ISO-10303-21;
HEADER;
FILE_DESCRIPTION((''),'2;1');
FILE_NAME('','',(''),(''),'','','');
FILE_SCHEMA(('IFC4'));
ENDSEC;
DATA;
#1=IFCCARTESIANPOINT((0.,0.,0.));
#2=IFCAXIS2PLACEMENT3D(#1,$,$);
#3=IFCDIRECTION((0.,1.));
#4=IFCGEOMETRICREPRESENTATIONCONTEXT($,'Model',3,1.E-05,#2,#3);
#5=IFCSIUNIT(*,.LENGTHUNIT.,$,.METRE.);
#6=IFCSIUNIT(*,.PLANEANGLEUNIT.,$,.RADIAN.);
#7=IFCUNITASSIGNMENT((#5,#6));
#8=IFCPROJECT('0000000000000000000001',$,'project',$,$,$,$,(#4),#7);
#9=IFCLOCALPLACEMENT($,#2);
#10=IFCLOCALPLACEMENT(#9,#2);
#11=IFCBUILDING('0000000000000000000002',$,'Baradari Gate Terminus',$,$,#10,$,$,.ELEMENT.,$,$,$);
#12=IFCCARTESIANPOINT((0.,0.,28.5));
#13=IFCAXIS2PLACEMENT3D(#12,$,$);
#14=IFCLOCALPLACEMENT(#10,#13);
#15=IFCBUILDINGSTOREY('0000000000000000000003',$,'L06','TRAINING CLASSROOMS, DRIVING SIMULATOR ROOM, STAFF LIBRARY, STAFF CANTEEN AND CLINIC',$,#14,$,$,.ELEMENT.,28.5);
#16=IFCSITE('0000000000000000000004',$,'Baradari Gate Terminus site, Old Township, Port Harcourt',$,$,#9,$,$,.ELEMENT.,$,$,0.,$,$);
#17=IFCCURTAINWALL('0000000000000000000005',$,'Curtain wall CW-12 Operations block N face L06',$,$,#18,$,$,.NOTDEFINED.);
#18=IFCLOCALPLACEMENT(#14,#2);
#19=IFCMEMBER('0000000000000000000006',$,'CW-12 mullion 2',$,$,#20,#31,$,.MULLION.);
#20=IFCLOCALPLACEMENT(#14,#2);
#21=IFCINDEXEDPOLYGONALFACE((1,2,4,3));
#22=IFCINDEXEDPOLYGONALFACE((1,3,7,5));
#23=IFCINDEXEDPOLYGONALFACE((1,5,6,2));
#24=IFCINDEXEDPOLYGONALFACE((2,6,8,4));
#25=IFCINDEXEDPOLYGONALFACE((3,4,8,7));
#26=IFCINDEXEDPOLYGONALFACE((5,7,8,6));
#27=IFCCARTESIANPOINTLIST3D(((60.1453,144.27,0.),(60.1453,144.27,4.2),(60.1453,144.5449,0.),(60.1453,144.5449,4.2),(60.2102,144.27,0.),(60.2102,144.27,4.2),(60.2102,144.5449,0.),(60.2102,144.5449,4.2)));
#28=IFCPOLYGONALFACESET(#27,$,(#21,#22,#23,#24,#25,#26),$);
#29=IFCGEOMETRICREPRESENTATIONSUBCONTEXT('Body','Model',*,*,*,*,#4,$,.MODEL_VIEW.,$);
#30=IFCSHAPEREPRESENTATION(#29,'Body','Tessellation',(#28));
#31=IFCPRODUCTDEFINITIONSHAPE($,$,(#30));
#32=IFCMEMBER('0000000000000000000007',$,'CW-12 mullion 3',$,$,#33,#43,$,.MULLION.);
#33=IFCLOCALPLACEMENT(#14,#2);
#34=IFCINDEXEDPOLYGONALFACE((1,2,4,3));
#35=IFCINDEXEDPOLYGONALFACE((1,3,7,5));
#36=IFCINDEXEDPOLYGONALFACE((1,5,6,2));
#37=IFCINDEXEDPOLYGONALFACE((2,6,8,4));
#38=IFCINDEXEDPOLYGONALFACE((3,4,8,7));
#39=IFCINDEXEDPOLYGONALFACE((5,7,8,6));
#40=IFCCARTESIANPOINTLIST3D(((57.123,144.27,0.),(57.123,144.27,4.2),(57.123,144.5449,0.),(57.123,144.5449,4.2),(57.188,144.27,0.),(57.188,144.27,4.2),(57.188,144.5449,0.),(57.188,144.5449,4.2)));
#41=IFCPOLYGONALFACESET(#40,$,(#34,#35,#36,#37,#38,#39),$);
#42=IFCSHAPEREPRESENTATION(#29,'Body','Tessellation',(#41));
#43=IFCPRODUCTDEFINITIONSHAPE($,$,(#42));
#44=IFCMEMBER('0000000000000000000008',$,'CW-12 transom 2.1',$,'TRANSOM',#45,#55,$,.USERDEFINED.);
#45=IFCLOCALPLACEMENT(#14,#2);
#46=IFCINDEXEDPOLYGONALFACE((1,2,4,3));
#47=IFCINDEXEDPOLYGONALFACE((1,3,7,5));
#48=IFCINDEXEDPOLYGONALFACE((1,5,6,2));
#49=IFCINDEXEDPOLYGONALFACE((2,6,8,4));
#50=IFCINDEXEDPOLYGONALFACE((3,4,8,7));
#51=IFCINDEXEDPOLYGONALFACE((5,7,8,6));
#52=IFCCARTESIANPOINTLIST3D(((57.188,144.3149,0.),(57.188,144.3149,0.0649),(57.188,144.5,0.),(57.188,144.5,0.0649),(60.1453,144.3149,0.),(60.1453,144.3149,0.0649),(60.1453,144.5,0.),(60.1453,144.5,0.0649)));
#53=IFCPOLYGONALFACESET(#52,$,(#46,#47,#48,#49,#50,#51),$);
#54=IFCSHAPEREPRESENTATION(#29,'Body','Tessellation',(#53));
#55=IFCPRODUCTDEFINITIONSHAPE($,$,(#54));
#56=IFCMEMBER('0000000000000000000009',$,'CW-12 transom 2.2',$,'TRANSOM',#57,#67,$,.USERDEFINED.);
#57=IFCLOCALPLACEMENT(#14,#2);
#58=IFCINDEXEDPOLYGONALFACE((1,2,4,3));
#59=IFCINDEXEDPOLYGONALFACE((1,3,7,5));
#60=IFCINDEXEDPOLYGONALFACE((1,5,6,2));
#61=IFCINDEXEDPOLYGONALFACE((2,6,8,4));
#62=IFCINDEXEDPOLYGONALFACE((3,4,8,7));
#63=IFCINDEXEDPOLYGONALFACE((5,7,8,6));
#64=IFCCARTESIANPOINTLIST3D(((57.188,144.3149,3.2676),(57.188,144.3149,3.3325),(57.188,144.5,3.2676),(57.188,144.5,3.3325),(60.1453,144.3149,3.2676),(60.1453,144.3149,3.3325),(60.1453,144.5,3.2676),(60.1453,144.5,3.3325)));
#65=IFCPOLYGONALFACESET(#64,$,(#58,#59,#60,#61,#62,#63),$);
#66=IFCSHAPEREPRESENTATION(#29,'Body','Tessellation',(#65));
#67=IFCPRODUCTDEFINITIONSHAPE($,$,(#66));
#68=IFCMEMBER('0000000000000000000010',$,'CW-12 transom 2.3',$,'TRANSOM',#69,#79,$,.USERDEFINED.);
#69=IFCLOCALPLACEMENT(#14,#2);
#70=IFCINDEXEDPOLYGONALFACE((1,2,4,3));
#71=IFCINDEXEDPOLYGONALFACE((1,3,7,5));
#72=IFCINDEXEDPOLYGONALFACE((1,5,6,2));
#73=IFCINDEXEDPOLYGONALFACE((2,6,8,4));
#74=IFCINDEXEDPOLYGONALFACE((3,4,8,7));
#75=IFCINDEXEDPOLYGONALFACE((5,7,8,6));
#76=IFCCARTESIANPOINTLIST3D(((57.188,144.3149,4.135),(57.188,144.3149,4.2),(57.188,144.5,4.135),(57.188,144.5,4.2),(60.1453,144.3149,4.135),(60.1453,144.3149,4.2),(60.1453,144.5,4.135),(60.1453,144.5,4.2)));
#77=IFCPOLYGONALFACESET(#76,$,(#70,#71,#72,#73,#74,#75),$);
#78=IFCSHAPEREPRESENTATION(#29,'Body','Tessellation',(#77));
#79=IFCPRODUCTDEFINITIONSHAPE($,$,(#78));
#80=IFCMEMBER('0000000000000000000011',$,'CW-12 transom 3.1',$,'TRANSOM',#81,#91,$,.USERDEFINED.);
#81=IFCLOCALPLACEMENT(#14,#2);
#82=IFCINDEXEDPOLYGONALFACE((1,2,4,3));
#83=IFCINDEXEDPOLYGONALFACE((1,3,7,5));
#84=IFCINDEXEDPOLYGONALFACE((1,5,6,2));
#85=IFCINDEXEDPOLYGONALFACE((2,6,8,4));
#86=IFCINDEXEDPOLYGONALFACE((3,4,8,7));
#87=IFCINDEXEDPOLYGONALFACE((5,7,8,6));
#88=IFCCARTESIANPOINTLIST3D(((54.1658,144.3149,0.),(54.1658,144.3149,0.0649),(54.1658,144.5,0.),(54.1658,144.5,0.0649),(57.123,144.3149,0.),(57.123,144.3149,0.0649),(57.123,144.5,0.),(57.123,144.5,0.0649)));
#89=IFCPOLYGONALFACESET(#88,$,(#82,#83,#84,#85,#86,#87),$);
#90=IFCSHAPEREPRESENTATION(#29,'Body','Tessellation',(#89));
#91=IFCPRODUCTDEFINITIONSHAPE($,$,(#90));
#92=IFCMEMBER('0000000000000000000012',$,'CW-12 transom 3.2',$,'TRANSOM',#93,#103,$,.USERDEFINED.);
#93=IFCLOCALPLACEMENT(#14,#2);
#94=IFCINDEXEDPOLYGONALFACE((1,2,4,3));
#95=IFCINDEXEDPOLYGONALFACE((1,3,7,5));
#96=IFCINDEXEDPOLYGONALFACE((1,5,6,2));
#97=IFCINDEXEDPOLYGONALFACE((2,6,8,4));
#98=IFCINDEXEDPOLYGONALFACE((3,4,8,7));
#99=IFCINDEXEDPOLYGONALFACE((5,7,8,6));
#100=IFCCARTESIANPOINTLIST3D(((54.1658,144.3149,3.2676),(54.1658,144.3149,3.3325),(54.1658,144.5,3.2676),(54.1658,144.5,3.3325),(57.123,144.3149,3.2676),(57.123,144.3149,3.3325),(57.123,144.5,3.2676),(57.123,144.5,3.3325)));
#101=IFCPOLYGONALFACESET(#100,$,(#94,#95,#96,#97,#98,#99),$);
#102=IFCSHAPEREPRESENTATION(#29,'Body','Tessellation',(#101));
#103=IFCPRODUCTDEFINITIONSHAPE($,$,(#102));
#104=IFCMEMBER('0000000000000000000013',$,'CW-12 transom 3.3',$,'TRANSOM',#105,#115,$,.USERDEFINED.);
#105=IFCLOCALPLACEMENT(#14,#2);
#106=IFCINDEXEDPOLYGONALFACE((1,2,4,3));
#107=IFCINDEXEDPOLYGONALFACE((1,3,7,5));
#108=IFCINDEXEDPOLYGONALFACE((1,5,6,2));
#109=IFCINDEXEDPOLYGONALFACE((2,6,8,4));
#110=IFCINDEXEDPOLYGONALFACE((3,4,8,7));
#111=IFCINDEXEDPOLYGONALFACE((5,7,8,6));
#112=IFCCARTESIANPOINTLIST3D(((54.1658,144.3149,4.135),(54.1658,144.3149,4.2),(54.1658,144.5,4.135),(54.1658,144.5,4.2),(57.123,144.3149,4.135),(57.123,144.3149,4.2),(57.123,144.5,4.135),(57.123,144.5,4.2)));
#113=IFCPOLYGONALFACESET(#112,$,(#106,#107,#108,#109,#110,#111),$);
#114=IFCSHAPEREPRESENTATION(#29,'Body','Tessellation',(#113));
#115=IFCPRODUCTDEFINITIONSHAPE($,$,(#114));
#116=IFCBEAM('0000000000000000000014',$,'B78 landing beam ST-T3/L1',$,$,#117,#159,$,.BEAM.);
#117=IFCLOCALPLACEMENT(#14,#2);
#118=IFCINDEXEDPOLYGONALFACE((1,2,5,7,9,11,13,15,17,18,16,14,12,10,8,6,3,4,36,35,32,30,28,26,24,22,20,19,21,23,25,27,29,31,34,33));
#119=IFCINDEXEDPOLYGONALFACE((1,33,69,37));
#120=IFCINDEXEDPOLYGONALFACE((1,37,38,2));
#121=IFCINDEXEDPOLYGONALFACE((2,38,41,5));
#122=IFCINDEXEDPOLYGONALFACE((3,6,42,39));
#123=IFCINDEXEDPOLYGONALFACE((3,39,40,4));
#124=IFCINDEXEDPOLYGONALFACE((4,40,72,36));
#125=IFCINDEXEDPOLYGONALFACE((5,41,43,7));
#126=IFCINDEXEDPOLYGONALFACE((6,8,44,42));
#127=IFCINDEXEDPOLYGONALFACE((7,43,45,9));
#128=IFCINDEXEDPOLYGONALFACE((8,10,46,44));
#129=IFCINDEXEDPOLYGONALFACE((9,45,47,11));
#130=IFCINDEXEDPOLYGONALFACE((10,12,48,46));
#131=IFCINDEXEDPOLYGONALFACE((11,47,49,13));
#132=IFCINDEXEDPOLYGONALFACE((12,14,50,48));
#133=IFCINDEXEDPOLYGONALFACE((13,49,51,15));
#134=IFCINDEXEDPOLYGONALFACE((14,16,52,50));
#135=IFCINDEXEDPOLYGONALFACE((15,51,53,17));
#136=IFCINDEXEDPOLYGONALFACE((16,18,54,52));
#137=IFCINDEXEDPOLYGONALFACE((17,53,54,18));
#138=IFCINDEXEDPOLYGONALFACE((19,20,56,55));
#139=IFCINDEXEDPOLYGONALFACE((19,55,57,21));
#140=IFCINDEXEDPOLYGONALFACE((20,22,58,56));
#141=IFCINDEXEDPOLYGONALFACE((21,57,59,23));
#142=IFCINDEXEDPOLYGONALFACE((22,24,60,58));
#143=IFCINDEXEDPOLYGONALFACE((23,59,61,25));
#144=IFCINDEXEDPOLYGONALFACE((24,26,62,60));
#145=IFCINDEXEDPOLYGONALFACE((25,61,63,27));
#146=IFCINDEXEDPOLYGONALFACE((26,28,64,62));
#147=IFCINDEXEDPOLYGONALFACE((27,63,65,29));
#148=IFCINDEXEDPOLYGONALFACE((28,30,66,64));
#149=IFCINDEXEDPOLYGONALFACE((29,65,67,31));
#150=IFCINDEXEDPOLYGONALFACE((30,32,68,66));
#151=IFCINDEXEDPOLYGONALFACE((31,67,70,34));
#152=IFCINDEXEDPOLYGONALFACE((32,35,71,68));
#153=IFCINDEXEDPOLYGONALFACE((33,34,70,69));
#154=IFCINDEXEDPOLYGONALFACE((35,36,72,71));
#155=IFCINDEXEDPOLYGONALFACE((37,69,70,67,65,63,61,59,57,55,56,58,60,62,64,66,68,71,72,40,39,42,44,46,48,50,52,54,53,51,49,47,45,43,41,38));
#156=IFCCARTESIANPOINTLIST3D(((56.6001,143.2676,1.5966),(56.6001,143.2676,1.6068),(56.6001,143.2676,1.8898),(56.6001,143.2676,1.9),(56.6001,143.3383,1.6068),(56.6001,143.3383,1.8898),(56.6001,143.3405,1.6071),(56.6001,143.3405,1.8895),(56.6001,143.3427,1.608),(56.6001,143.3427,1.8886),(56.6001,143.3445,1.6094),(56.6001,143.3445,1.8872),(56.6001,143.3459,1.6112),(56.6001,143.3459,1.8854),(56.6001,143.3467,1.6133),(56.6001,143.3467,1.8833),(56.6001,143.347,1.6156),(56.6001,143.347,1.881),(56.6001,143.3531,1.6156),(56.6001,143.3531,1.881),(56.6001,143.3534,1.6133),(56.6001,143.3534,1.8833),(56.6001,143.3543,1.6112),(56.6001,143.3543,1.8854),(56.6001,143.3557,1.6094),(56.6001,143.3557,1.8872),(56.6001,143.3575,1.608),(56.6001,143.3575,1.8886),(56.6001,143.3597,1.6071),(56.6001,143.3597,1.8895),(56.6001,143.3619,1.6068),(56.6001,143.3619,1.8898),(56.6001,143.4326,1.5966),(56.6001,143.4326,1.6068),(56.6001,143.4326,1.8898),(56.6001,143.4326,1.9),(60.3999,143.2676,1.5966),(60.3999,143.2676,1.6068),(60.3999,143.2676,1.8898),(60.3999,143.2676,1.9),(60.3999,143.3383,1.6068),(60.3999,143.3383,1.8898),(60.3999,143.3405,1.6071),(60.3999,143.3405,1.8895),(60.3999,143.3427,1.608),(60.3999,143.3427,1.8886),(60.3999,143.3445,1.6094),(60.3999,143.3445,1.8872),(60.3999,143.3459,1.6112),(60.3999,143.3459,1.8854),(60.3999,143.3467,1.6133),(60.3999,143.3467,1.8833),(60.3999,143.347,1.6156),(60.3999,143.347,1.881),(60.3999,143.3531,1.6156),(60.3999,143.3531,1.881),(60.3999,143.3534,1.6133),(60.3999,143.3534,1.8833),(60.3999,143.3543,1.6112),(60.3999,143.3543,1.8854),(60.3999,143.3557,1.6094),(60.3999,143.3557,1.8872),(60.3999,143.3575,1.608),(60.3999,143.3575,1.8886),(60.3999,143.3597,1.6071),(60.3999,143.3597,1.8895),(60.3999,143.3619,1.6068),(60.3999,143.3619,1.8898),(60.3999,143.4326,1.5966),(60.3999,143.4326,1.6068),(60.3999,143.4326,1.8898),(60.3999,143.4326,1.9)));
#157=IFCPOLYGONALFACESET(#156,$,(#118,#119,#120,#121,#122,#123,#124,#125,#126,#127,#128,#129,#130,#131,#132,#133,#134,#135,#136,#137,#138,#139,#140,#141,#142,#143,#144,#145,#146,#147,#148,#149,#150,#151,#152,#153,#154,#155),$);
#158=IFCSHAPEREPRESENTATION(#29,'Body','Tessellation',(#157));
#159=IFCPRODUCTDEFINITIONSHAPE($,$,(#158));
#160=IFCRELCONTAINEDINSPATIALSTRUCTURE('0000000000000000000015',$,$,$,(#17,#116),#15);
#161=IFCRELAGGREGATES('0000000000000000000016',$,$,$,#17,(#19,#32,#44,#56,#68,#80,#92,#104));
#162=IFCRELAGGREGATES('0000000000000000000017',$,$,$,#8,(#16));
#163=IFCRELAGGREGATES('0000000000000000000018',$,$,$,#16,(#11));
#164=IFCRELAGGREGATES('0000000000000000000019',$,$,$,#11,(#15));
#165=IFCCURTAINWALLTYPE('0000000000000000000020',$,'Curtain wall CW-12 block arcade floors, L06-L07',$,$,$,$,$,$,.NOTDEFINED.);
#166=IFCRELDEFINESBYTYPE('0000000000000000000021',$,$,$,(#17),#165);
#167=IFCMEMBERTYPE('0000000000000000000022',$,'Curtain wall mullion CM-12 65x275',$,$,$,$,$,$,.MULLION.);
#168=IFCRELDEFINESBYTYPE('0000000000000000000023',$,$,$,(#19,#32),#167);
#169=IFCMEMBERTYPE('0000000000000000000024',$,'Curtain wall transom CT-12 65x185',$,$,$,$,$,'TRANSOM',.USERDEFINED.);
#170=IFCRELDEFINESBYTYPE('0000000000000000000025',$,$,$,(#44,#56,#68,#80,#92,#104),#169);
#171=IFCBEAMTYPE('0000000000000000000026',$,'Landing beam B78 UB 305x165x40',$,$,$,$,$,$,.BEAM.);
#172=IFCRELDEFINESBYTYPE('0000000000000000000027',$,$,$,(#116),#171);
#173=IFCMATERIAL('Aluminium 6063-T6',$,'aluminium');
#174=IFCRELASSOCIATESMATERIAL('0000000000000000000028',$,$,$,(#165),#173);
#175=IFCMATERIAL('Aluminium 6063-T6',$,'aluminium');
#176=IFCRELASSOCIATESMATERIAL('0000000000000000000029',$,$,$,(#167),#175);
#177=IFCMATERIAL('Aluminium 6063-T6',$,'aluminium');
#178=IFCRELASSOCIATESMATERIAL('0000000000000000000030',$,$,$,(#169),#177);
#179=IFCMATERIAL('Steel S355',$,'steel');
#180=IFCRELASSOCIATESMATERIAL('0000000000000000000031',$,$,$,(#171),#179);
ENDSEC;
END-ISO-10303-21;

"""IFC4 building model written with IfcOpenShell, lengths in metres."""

from ifc_helpers import new_model, si_unit, direction, frame, origin, origin_2d, place, context, subcontext, project, spatial, rectangle, i_section, extrude, material, material_profile, profile_set, type_object, element, aggregate, save


model = new_model("IFC4")

# Units and contexts
model_context = context("Model", 3, precision=1e-05, world=origin(), true_north=direction((0.0, 1.0)))
body_context = subcontext(model_context, "Body", "Model", "MODEL_VIEW")
ifc_project = project(units=[si_unit("LENGTHUNIT", "METRE"), si_unit("PLANEANGLEUNIT", "RADIAN")], contexts=[model_context])

# Site, building, storey
site_placement = place(None, origin())
site = spatial("IfcSite", under=ifc_project, at=site_placement, Name="Baradari Gate Terminus site, Old Township, Port Harcourt", CompositionType="ELEMENT", RefElevation=0.0)
building_placement = place(site_placement, origin())
building = spatial("IfcBuilding", under=site, at=building_placement, Name="Baradari Gate Terminus", CompositionType="ELEMENT")
storey_placement = place(building_placement, frame((0.0, 0.0, 28.5)))
storey = spatial("IfcBuildingStorey", under=building, at=storey_placement, Name="L06", Description="TRAINING CLASSROOMS, DRIVING SIMULATOR ROOM, STAFF LIBRARY, STAFF CANTEEN AND CLINIC", CompositionType="ELEMENT", Elevation=28.5)

# Curtain wall, members
ifc_material_1 = material(Name="Aluminium 6063-T6", Category="aluminium")
curtain_wall_type = type_object("IfcCurtainWallType", Name="Curtain wall CW-12 block arcade floors, L06-L07", PredefinedType="NOTDEFINED", material=ifc_material_1)
curtain_wall_placement = place(storey_placement, origin())
curtain_wall = element("IfcCurtainWall", 1, at=curtain_wall_placement, inside=storey, type_object=curtain_wall_type, Name="Curtain wall CW-12 Operations block N face L06", PredefinedType="NOTDEFINED")
ifc_material_2 = material(Name="Aluminium 6063-T6", Category="aluminium")
ifc_material_profile_1 = material_profile(ifc_material_2, rectangle(XDim=0.2749, YDim=0.0649, at=origin_2d()), Name="CM-12 65X275")
ifc_profile_set_1 = profile_set([ifc_material_profile_1], Name="Aluminium 6063-T6")
member_type_1 = type_object("IfcMemberType", Name="Curtain wall mullion CM-12 65x275", PredefinedType="MULLION", material=ifc_profile_set_1)
member_1_placement = place(storey_placement, frame((60.1777, 144.4075, 0.0), z_axis=(0.0, 0.0, 1.0), x_axis=(0.0, -1.0, 0.0)))
member_1 = element("IfcMember", 2, at=member_1_placement, type_object=member_type_1, Name="CW-12 mullion 2", PredefinedType="MULLION", context=body_context, shape_type="SweptSolid", body=[
    extrude(rectangle(XDim=0.2749, YDim=0.0649, at=origin_2d()), origin(), (0.0, 0.0, 1.0), 4.2),
])
member_2_placement = place(storey_placement, frame((57.1555, 144.4075, 0.0), z_axis=(0.0, 0.0, 1.0), x_axis=(0.0, -1.0, 0.0)))
member_2 = element("IfcMember", 3, at=member_2_placement, type_object=member_type_1, Name="CW-12 mullion 3", PredefinedType="MULLION", context=body_context, shape_type="SweptSolid", body=[
    extrude(rectangle(XDim=0.2749, YDim=0.0649, at=origin_2d()), origin(), (0.0, 0.0, 1.0), 4.2),
])
ifc_material_3 = material(Name="Aluminium 6063-T6", Category="aluminium")
ifc_material_profile_2 = material_profile(ifc_material_3, rectangle(XDim=0.1851, YDim=0.0649, at=origin_2d()), Name="CT-12 65X185")
ifc_profile_set_2 = profile_set([ifc_material_profile_2], Name="Aluminium 6063-T6")
member_type_2 = type_object("IfcMemberType", Name="Curtain wall transom CT-12 65x185", ElementType="TRANSOM", PredefinedType="USERDEFINED", material=ifc_profile_set_2)
member_3_placement = place(storey_placement, frame((60.1453, 144.4075, 0.0325), z_axis=(-1.0, 0.0, 0.0), x_axis=(0.0, -1.0, 0.0)))
member_3 = element("IfcMember", 4, at=member_3_placement, type_object=member_type_2, Name="CW-12 transom 2.1", ObjectType="TRANSOM", PredefinedType="USERDEFINED", context=body_context, shape_type="SweptSolid", body=[
    extrude(rectangle(XDim=0.1851, YDim=0.0649, at=origin_2d()), origin(), (0.0, 0.0, 1.0), 2.9573),
])
member_4_placement = place(storey_placement, frame((60.1453, 144.4075, 3.3), z_axis=(-1.0, 0.0, 0.0), x_axis=(0.0, -1.0, 0.0)))
member_4 = element("IfcMember", 5, at=member_4_placement, type_object=member_type_2, Name="CW-12 transom 2.2", ObjectType="TRANSOM", PredefinedType="USERDEFINED", context=body_context, shape_type="SweptSolid", body=[
    extrude(rectangle(XDim=0.1851, YDim=0.0649, at=origin_2d()), origin(), (0.0, 0.0, 1.0), 2.9573),
])
member_5_placement = place(storey_placement, frame((60.1453, 144.4075, 4.1675), z_axis=(-1.0, 0.0, 0.0), x_axis=(0.0, -1.0, 0.0)))
member_5 = element("IfcMember", 6, at=member_5_placement, type_object=member_type_2, Name="CW-12 transom 2.3", ObjectType="TRANSOM", PredefinedType="USERDEFINED", context=body_context, shape_type="SweptSolid", body=[
    extrude(rectangle(XDim=0.1851, YDim=0.0649, at=origin_2d()), origin(), (0.0, 0.0, 1.0), 2.9573),
])
member_6_placement = place(storey_placement, frame((57.123, 144.4075, 0.0325), z_axis=(-1.0, 0.0, 0.0), x_axis=(0.0, -1.0, 0.0)))
member_6 = element("IfcMember", 7, at=member_6_placement, type_object=member_type_2, Name="CW-12 transom 3.1", ObjectType="TRANSOM", PredefinedType="USERDEFINED", context=body_context, shape_type="SweptSolid", body=[
    extrude(rectangle(XDim=0.1851, YDim=0.0649, at=origin_2d()), origin(), (0.0, 0.0, 1.0), 2.9573),
])
member_7_placement = place(storey_placement, frame((57.123, 144.4075, 3.3), z_axis=(-1.0, 0.0, 0.0), x_axis=(0.0, -1.0, 0.0)))
member_7 = element("IfcMember", 8, at=member_7_placement, type_object=member_type_2, Name="CW-12 transom 3.2", ObjectType="TRANSOM", PredefinedType="USERDEFINED", context=body_context, shape_type="SweptSolid", body=[
    extrude(rectangle(XDim=0.1851, YDim=0.0649, at=origin_2d()), origin(), (0.0, 0.0, 1.0), 2.9573),
])
member_8_placement = place(storey_placement, frame((57.123, 144.4075, 4.1675), z_axis=(-1.0, 0.0, 0.0), x_axis=(0.0, -1.0, 0.0)))
member_8 = element("IfcMember", 9, at=member_8_placement, type_object=member_type_2, Name="CW-12 transom 3.3", ObjectType="TRANSOM", PredefinedType="USERDEFINED", context=body_context, shape_type="SweptSolid", body=[
    extrude(rectangle(XDim=0.1851, YDim=0.0649, at=origin_2d()), origin(), (0.0, 0.0, 1.0), 2.9573),
])

# Beam
ifc_material_4 = material(Name="Steel S355", Category="steel")
ifc_material_profile_3 = material_profile(ifc_material_4, i_section(OverallWidth=0.165, OverallDepth=0.3035, WebThickness=0.0061, FlangeThickness=0.0103, FilletRadius=0.0088, at=origin_2d()), Name="UB 305x165x40")
ifc_profile_set_3 = profile_set([ifc_material_profile_3], Name="Steel S355")
beam_type = type_object("IfcBeamType", Name="Landing beam B78 UB 305x165x40", PredefinedType="BEAM", material=ifc_profile_set_3)
beam_placement = place(storey_placement, frame((56.6001, 143.3501, 1.7483), z_axis=(1.0, 0.0, 0.0), x_axis=(0.0, 1.0, 0.0)))
element("IfcBeam", 10, at=beam_placement, inside=storey, type_object=beam_type, Name="B78 landing beam ST-T3/L1", PredefinedType="BEAM", context=body_context, shape_type="SweptSolid", body=[
    extrude(i_section(OverallWidth=0.165, OverallDepth=0.3035, WebThickness=0.0061, FlangeThickness=0.0103, FilletRadius=0.0088, at=origin_2d()), origin(), (0.0, 0.0, 1.0), 3.7998),
])

aggregate(curtain_wall, [member_1, member_2, member_3, member_4, member_5, member_6, member_7, member_8])

save(model, "model.ifc")
